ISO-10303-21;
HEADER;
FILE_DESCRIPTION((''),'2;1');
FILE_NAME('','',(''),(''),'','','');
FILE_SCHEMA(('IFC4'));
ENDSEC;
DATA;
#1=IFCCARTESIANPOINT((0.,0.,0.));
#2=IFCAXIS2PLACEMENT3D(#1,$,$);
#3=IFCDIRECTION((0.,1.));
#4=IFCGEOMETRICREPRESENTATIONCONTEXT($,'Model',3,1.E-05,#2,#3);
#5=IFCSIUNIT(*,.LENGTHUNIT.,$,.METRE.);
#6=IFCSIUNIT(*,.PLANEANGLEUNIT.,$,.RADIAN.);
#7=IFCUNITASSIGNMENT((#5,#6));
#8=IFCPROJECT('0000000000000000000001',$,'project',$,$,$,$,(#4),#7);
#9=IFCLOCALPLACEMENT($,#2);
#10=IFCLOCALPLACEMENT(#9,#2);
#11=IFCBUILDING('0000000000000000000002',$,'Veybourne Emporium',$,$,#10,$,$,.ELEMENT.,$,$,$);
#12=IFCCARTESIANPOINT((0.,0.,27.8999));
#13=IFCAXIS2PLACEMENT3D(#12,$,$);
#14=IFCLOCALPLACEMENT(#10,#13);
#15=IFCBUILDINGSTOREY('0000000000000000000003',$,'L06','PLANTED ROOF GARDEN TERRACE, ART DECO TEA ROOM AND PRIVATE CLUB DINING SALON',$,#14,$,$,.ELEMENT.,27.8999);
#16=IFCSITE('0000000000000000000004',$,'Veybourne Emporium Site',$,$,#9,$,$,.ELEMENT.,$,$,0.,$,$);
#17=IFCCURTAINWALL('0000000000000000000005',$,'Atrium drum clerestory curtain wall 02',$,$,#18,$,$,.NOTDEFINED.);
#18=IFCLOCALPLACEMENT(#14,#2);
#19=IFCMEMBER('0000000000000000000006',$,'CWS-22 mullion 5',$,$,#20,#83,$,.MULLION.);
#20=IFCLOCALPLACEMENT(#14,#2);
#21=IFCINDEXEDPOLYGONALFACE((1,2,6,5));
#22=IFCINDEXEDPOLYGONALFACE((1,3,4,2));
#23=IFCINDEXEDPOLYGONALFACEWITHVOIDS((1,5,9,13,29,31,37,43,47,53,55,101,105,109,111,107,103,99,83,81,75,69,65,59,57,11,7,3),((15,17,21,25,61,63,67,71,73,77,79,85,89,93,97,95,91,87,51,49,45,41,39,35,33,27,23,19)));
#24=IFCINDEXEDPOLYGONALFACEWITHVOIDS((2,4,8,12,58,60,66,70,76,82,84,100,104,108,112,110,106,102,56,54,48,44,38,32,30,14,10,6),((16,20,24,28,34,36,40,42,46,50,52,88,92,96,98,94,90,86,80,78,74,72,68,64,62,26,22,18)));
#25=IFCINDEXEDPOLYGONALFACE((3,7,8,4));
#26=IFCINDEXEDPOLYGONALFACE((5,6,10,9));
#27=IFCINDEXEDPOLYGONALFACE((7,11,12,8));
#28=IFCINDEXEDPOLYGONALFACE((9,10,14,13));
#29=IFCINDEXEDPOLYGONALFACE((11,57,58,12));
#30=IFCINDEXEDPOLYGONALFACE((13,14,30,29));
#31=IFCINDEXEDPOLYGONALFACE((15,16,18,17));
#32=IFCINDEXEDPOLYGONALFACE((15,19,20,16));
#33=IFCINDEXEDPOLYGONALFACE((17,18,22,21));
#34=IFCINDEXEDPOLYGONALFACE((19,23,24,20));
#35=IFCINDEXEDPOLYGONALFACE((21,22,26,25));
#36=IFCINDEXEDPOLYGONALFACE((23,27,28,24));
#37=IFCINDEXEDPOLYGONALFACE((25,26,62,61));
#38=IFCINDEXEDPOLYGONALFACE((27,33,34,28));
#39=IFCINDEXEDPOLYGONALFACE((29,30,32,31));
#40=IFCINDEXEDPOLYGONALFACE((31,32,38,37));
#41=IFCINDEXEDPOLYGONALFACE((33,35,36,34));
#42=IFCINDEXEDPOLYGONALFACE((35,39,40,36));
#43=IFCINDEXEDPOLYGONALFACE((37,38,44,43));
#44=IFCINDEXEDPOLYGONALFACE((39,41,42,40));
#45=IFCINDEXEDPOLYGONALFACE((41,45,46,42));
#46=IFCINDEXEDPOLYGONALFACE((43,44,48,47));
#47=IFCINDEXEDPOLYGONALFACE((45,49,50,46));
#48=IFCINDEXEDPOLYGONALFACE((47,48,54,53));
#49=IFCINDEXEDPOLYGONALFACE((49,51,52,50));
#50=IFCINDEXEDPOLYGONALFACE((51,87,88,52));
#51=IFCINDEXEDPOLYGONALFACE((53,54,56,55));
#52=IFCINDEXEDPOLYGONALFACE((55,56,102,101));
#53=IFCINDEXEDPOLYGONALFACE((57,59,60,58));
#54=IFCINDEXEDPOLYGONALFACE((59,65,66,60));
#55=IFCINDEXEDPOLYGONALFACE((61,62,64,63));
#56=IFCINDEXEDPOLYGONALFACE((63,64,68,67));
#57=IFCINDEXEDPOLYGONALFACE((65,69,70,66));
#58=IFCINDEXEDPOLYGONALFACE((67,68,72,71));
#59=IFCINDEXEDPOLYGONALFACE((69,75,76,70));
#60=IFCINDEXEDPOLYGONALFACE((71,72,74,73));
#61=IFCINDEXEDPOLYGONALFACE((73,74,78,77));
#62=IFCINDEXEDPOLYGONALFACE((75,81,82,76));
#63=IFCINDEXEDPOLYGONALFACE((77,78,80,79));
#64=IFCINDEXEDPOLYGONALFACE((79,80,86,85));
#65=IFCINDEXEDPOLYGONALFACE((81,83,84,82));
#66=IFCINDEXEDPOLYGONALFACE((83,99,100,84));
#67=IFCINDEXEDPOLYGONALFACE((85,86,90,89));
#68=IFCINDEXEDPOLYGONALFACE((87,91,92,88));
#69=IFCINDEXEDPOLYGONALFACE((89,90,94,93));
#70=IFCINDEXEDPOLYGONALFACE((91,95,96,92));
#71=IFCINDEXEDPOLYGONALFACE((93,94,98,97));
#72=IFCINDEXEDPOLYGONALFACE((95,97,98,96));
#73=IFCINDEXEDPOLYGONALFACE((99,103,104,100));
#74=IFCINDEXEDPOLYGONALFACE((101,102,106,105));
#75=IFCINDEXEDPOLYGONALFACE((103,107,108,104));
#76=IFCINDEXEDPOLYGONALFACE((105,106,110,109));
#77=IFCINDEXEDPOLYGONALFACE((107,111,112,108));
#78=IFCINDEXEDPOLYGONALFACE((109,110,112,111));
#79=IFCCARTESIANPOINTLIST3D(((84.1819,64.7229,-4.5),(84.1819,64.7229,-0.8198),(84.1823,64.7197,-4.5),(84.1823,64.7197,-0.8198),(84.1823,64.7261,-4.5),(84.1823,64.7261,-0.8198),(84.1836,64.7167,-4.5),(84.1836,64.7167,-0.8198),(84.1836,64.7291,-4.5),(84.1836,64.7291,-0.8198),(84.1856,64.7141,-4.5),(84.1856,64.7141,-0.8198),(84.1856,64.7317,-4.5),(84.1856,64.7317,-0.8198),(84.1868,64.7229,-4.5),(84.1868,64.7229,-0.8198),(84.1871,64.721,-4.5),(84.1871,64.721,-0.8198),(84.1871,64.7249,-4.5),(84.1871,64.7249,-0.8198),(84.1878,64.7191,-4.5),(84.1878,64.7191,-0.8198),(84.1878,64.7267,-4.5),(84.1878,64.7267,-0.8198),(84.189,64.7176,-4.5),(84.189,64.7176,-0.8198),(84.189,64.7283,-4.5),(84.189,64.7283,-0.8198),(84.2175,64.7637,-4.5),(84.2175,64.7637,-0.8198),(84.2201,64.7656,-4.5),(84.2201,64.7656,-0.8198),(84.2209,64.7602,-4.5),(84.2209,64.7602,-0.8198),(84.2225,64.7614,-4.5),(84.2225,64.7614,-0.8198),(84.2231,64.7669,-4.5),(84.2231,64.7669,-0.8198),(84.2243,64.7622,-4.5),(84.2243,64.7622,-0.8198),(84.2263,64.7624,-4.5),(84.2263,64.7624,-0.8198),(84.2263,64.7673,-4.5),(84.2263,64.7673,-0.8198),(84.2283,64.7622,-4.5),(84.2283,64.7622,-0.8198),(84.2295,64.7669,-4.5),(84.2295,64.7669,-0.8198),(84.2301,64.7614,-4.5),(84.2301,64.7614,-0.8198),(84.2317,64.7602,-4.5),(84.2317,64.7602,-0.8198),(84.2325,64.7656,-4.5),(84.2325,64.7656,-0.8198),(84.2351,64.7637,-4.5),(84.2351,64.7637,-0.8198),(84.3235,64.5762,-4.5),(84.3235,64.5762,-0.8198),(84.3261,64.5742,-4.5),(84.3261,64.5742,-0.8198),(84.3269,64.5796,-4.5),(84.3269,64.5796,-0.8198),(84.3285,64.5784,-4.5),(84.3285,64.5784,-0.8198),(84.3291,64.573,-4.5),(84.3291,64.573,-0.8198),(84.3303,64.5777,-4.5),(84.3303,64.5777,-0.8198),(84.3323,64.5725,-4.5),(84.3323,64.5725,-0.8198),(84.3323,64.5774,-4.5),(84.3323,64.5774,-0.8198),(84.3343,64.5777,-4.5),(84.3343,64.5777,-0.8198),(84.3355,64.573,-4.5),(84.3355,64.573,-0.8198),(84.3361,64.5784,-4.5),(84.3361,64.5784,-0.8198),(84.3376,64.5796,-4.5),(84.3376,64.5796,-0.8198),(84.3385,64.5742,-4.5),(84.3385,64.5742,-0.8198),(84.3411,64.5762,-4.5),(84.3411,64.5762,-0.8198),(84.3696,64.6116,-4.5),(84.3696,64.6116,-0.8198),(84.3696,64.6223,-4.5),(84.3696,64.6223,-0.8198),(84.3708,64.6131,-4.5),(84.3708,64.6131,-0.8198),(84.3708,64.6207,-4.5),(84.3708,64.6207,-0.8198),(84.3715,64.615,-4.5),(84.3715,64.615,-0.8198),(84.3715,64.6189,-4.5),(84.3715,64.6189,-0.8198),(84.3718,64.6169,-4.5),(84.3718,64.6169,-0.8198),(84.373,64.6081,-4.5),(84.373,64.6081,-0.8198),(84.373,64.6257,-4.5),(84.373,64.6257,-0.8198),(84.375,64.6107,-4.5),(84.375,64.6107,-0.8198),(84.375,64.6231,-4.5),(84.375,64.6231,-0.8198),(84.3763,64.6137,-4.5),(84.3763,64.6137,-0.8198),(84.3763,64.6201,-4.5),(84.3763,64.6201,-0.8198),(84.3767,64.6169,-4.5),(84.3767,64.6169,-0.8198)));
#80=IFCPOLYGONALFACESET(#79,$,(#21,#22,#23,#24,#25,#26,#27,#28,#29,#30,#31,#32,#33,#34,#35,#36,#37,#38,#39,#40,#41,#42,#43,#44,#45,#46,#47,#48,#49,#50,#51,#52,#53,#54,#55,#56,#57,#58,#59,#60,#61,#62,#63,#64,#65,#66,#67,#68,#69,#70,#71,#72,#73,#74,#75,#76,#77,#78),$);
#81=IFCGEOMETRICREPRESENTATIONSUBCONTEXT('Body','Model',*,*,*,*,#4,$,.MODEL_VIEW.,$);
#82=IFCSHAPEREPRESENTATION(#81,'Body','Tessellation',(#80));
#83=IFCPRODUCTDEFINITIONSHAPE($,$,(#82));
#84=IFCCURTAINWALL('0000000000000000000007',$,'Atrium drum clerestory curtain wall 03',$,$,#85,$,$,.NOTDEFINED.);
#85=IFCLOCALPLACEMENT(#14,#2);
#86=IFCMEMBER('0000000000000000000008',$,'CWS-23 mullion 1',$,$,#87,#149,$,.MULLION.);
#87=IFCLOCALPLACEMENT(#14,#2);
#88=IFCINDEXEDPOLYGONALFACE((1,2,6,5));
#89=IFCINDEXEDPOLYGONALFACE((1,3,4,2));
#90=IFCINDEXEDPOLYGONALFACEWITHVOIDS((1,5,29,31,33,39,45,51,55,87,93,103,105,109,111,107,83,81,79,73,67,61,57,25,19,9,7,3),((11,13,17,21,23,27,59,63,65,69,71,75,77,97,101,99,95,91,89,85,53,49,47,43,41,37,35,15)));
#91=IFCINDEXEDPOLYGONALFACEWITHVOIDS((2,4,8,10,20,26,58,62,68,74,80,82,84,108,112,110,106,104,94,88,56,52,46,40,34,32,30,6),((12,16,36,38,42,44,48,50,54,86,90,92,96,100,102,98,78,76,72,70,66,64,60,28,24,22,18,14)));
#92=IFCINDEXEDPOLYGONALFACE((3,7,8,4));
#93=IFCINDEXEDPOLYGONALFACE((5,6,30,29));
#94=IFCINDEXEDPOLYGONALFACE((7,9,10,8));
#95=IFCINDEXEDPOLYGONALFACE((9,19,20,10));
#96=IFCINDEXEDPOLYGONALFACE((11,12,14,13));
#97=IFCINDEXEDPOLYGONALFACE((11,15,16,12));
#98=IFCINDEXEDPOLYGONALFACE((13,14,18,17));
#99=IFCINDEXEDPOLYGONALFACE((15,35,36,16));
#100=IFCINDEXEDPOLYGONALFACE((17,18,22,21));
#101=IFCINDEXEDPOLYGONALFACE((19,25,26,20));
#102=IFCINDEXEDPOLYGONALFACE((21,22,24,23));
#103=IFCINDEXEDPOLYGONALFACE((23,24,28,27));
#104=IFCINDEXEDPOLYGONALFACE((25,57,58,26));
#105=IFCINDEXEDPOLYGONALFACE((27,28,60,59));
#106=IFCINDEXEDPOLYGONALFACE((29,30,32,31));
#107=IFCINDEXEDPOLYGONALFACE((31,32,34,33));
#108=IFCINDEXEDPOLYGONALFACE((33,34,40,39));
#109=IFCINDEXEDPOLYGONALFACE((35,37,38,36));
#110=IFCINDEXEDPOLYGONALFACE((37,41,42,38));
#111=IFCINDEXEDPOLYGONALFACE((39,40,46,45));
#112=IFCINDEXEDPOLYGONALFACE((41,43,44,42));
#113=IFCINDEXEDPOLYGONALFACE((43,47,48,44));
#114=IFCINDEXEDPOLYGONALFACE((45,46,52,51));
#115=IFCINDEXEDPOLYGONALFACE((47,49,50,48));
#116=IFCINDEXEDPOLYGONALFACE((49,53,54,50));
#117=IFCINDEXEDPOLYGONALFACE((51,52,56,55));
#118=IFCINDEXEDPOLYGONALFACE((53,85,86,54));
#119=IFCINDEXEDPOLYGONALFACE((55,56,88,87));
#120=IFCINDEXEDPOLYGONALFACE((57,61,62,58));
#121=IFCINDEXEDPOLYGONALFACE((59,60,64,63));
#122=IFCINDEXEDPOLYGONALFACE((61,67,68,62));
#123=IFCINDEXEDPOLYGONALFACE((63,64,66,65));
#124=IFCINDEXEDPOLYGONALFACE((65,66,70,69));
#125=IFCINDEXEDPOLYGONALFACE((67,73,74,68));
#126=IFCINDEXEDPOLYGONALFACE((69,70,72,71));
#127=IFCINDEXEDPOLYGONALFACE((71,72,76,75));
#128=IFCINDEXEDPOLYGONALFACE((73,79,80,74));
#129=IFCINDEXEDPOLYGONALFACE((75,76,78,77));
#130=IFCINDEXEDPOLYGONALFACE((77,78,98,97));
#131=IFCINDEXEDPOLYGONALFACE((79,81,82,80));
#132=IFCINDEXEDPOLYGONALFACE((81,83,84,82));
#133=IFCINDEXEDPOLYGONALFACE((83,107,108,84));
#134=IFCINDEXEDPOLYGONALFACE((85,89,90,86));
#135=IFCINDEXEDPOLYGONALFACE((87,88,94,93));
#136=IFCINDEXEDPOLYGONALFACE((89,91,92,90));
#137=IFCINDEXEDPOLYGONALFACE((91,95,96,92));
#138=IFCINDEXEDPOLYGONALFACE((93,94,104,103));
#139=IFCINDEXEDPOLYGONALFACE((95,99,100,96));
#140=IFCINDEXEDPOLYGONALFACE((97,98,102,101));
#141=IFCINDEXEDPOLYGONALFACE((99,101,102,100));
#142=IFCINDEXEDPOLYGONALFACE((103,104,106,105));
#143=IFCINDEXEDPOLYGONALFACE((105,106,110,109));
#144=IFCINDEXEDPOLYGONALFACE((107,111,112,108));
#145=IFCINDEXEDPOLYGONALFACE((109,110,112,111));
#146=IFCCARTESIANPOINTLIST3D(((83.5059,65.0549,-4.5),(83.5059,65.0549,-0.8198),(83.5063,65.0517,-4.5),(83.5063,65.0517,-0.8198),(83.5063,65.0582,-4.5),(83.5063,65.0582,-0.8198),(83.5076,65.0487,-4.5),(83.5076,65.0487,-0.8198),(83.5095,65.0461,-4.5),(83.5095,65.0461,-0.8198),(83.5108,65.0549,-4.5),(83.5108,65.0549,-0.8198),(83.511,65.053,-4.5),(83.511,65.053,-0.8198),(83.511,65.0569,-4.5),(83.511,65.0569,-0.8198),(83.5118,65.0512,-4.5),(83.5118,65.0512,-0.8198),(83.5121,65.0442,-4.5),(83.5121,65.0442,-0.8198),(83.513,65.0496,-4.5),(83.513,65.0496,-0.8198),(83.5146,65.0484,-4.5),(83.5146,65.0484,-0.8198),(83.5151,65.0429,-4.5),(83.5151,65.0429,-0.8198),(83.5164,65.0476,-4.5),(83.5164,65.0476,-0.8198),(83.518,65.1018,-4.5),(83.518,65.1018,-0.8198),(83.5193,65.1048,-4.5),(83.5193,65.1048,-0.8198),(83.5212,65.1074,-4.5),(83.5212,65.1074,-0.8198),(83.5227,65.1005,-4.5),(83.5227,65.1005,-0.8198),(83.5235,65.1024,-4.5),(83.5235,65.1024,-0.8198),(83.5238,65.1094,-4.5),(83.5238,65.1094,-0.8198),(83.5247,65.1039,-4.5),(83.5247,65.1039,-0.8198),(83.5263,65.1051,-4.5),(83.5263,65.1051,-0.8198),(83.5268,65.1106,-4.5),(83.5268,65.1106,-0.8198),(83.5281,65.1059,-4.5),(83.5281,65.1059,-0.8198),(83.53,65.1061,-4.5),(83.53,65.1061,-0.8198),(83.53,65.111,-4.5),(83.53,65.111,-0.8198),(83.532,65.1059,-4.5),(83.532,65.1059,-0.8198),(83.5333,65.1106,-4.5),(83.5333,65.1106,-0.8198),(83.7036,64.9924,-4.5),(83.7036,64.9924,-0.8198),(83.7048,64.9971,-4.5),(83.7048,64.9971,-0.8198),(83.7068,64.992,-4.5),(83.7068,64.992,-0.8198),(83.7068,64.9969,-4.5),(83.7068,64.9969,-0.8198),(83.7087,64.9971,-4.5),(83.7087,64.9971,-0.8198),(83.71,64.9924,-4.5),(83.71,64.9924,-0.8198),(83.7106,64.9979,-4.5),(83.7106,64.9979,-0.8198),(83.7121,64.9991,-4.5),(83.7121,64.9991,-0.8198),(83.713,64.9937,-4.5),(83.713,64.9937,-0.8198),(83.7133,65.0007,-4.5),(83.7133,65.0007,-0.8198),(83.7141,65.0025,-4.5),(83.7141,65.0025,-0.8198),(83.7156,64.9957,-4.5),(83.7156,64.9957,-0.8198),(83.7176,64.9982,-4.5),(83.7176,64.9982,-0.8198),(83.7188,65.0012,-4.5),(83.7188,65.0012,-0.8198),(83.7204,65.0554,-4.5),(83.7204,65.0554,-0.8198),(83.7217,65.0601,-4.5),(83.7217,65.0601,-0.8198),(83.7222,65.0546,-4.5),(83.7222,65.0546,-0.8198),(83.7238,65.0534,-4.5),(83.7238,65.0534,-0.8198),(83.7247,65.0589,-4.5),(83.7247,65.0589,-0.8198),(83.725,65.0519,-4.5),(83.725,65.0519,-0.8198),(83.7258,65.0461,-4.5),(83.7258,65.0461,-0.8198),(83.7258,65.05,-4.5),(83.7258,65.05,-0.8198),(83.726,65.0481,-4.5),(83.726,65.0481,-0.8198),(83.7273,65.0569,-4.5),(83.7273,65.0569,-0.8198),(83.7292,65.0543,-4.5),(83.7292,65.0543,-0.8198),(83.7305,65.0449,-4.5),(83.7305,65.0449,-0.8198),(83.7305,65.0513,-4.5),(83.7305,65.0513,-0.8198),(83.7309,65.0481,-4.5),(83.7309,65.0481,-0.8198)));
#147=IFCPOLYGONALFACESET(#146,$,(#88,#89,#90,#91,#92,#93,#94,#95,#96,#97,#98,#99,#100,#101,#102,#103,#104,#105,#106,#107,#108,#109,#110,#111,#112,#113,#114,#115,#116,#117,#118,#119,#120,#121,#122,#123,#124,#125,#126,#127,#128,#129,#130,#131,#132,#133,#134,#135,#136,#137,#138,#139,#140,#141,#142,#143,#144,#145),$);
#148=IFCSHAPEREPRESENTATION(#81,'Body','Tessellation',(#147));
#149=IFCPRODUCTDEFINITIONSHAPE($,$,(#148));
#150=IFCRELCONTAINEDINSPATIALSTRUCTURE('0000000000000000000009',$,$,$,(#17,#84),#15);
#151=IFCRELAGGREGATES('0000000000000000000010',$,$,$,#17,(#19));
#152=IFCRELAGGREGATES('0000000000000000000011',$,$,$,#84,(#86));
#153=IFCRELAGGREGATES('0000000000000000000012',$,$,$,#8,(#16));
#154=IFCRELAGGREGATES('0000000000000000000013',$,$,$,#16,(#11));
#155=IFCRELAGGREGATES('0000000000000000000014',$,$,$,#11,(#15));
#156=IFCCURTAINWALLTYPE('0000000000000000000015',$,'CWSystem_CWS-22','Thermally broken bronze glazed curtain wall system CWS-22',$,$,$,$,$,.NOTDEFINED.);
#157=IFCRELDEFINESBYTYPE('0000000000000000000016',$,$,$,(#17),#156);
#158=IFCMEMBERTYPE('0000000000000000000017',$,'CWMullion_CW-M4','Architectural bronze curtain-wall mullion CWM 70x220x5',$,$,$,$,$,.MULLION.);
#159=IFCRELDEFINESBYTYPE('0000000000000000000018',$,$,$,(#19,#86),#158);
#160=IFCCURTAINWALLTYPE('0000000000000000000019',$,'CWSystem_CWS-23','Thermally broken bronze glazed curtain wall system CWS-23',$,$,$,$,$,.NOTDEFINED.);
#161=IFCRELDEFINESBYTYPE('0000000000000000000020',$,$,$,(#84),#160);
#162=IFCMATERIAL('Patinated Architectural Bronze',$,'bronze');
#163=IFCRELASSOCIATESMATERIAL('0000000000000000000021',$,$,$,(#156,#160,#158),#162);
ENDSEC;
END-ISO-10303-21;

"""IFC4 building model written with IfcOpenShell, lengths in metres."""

from ifc_helpers import new_model, si_unit, direction, frame, origin, origin_2d, place, context, subcontext, project, spatial, hollow_rectangle, extrude, material, material_profile, profile_set, type_object, element, aggregate, save


model = new_model("IFC4")

# Units and contexts
model_context = context("Model", 3, precision=1e-05, world=origin(), true_north=direction((0.0, 1.0)))
body_context = subcontext(model_context, "Body", "Model", "MODEL_VIEW")
ifc_project = project(units=[si_unit("LENGTHUNIT", "METRE"), si_unit("PLANEANGLEUNIT", "RADIAN")], contexts=[model_context])

# Site, building, storey
site_placement = place(None, origin())
site = spatial("IfcSite", under=ifc_project, at=site_placement, Name="Veybourne Emporium Site", CompositionType="ELEMENT", RefElevation=0.0)
building_placement = place(site_placement, origin())
building = spatial("IfcBuilding", under=site, at=building_placement, Name="Veybourne Emporium", CompositionType="ELEMENT")
storey_placement = place(building_placement, frame((0.0, 0.0, 27.8999)))
storey = spatial("IfcBuildingStorey", under=building, at=storey_placement, Name="L06", Description="PLANTED ROOF GARDEN TERRACE, ART DECO TEA ROOM AND PRIVATE CLUB DINING SALON", CompositionType="ELEMENT", Elevation=27.8999)

# Curtain walls, members
ifc_material_1 = material(Name="Patinated Architectural Bronze", Category="bronze")
curtain_wall_type_1 = type_object("IfcCurtainWallType", Name="CWSystem_CWS-22", Description="Thermally broken bronze glazed curtain wall system CWS-22", PredefinedType="NOTDEFINED", material=ifc_material_1)
curtain_wall_1_placement = place(storey_placement, origin())
curtain_wall_1 = element("IfcCurtainWall", 1, at=curtain_wall_1_placement, inside=storey, type_object=curtain_wall_type_1, Name="Atrium drum clerestory curtain wall 02", PredefinedType="NOTDEFINED")
ifc_material_profile_1 = material_profile(ifc_material_1, hollow_rectangle(XDim=0.0701, YDim=0.22, WallThickness=0.0049, InnerFilletRadius=0.0076, OuterFilletRadius=0.0125, at=origin_2d()), Name="CWM 70x220x5")
ifc_profile_set_1 = profile_set([ifc_material_profile_1], Name="Patinated Architectural Bronze")
member_type_1 = type_object("IfcMemberType", Name="CWMullion_CW-M4", Description="Architectural bronze curtain-wall mullion CWM 70x220x5", PredefinedType="MULLION", material=ifc_profile_set_1)
member_1_placement = place(storey_placement, frame((84.2793, 64.6699, -4.5), z_axis=(0.0, 0.0, 1.0), x_axis=(-0.707107, -0.707107, 0.0)))
member_1 = element("IfcMember", 2, at=member_1_placement, type_object=member_type_1, Name="CWS-22 mullion 5", PredefinedType="MULLION", context=body_context, shape_type="SweptSolid", body=[
    extrude(hollow_rectangle(XDim=0.0701, YDim=0.22, WallThickness=0.0049, InnerFilletRadius=0.0076, OuterFilletRadius=0.0125, at=origin_2d()), origin(), (0.0, 0.0, 1.0), 3.6802),
])
curtain_wall_type_2 = type_object("IfcCurtainWallType", Name="CWSystem_CWS-23", Description="Thermally broken bronze glazed curtain wall system CWS-23", PredefinedType="NOTDEFINED", material=ifc_material_1)
curtain_wall_2_placement = place(storey_placement, origin())
curtain_wall_2 = element("IfcCurtainWall", 3, at=curtain_wall_2_placement, inside=storey, type_object=curtain_wall_type_2, Name="Atrium drum clerestory curtain wall 03", PredefinedType="NOTDEFINED")
member_2_placement = place(storey_placement, frame((83.6184, 65.0515, -4.5), z_axis=(0.0, 0.0, 1.0), x_axis=(-0.25882, -0.965926, 0.0)))
member_2 = element("IfcMember", 4, at=member_2_placement, type_object=member_type_1, Name="CWS-23 mullion 1", PredefinedType="MULLION", context=body_context, shape_type="SweptSolid", body=[
    extrude(hollow_rectangle(XDim=0.0701, YDim=0.22, WallThickness=0.0049, InnerFilletRadius=0.0076, OuterFilletRadius=0.0125, at=origin_2d()), origin(), (0.0, 0.0, 1.0), 3.6802),
])

aggregate(curtain_wall_1, [member_1])
aggregate(curtain_wall_2, [member_2])

save(model, "model.ifc")
